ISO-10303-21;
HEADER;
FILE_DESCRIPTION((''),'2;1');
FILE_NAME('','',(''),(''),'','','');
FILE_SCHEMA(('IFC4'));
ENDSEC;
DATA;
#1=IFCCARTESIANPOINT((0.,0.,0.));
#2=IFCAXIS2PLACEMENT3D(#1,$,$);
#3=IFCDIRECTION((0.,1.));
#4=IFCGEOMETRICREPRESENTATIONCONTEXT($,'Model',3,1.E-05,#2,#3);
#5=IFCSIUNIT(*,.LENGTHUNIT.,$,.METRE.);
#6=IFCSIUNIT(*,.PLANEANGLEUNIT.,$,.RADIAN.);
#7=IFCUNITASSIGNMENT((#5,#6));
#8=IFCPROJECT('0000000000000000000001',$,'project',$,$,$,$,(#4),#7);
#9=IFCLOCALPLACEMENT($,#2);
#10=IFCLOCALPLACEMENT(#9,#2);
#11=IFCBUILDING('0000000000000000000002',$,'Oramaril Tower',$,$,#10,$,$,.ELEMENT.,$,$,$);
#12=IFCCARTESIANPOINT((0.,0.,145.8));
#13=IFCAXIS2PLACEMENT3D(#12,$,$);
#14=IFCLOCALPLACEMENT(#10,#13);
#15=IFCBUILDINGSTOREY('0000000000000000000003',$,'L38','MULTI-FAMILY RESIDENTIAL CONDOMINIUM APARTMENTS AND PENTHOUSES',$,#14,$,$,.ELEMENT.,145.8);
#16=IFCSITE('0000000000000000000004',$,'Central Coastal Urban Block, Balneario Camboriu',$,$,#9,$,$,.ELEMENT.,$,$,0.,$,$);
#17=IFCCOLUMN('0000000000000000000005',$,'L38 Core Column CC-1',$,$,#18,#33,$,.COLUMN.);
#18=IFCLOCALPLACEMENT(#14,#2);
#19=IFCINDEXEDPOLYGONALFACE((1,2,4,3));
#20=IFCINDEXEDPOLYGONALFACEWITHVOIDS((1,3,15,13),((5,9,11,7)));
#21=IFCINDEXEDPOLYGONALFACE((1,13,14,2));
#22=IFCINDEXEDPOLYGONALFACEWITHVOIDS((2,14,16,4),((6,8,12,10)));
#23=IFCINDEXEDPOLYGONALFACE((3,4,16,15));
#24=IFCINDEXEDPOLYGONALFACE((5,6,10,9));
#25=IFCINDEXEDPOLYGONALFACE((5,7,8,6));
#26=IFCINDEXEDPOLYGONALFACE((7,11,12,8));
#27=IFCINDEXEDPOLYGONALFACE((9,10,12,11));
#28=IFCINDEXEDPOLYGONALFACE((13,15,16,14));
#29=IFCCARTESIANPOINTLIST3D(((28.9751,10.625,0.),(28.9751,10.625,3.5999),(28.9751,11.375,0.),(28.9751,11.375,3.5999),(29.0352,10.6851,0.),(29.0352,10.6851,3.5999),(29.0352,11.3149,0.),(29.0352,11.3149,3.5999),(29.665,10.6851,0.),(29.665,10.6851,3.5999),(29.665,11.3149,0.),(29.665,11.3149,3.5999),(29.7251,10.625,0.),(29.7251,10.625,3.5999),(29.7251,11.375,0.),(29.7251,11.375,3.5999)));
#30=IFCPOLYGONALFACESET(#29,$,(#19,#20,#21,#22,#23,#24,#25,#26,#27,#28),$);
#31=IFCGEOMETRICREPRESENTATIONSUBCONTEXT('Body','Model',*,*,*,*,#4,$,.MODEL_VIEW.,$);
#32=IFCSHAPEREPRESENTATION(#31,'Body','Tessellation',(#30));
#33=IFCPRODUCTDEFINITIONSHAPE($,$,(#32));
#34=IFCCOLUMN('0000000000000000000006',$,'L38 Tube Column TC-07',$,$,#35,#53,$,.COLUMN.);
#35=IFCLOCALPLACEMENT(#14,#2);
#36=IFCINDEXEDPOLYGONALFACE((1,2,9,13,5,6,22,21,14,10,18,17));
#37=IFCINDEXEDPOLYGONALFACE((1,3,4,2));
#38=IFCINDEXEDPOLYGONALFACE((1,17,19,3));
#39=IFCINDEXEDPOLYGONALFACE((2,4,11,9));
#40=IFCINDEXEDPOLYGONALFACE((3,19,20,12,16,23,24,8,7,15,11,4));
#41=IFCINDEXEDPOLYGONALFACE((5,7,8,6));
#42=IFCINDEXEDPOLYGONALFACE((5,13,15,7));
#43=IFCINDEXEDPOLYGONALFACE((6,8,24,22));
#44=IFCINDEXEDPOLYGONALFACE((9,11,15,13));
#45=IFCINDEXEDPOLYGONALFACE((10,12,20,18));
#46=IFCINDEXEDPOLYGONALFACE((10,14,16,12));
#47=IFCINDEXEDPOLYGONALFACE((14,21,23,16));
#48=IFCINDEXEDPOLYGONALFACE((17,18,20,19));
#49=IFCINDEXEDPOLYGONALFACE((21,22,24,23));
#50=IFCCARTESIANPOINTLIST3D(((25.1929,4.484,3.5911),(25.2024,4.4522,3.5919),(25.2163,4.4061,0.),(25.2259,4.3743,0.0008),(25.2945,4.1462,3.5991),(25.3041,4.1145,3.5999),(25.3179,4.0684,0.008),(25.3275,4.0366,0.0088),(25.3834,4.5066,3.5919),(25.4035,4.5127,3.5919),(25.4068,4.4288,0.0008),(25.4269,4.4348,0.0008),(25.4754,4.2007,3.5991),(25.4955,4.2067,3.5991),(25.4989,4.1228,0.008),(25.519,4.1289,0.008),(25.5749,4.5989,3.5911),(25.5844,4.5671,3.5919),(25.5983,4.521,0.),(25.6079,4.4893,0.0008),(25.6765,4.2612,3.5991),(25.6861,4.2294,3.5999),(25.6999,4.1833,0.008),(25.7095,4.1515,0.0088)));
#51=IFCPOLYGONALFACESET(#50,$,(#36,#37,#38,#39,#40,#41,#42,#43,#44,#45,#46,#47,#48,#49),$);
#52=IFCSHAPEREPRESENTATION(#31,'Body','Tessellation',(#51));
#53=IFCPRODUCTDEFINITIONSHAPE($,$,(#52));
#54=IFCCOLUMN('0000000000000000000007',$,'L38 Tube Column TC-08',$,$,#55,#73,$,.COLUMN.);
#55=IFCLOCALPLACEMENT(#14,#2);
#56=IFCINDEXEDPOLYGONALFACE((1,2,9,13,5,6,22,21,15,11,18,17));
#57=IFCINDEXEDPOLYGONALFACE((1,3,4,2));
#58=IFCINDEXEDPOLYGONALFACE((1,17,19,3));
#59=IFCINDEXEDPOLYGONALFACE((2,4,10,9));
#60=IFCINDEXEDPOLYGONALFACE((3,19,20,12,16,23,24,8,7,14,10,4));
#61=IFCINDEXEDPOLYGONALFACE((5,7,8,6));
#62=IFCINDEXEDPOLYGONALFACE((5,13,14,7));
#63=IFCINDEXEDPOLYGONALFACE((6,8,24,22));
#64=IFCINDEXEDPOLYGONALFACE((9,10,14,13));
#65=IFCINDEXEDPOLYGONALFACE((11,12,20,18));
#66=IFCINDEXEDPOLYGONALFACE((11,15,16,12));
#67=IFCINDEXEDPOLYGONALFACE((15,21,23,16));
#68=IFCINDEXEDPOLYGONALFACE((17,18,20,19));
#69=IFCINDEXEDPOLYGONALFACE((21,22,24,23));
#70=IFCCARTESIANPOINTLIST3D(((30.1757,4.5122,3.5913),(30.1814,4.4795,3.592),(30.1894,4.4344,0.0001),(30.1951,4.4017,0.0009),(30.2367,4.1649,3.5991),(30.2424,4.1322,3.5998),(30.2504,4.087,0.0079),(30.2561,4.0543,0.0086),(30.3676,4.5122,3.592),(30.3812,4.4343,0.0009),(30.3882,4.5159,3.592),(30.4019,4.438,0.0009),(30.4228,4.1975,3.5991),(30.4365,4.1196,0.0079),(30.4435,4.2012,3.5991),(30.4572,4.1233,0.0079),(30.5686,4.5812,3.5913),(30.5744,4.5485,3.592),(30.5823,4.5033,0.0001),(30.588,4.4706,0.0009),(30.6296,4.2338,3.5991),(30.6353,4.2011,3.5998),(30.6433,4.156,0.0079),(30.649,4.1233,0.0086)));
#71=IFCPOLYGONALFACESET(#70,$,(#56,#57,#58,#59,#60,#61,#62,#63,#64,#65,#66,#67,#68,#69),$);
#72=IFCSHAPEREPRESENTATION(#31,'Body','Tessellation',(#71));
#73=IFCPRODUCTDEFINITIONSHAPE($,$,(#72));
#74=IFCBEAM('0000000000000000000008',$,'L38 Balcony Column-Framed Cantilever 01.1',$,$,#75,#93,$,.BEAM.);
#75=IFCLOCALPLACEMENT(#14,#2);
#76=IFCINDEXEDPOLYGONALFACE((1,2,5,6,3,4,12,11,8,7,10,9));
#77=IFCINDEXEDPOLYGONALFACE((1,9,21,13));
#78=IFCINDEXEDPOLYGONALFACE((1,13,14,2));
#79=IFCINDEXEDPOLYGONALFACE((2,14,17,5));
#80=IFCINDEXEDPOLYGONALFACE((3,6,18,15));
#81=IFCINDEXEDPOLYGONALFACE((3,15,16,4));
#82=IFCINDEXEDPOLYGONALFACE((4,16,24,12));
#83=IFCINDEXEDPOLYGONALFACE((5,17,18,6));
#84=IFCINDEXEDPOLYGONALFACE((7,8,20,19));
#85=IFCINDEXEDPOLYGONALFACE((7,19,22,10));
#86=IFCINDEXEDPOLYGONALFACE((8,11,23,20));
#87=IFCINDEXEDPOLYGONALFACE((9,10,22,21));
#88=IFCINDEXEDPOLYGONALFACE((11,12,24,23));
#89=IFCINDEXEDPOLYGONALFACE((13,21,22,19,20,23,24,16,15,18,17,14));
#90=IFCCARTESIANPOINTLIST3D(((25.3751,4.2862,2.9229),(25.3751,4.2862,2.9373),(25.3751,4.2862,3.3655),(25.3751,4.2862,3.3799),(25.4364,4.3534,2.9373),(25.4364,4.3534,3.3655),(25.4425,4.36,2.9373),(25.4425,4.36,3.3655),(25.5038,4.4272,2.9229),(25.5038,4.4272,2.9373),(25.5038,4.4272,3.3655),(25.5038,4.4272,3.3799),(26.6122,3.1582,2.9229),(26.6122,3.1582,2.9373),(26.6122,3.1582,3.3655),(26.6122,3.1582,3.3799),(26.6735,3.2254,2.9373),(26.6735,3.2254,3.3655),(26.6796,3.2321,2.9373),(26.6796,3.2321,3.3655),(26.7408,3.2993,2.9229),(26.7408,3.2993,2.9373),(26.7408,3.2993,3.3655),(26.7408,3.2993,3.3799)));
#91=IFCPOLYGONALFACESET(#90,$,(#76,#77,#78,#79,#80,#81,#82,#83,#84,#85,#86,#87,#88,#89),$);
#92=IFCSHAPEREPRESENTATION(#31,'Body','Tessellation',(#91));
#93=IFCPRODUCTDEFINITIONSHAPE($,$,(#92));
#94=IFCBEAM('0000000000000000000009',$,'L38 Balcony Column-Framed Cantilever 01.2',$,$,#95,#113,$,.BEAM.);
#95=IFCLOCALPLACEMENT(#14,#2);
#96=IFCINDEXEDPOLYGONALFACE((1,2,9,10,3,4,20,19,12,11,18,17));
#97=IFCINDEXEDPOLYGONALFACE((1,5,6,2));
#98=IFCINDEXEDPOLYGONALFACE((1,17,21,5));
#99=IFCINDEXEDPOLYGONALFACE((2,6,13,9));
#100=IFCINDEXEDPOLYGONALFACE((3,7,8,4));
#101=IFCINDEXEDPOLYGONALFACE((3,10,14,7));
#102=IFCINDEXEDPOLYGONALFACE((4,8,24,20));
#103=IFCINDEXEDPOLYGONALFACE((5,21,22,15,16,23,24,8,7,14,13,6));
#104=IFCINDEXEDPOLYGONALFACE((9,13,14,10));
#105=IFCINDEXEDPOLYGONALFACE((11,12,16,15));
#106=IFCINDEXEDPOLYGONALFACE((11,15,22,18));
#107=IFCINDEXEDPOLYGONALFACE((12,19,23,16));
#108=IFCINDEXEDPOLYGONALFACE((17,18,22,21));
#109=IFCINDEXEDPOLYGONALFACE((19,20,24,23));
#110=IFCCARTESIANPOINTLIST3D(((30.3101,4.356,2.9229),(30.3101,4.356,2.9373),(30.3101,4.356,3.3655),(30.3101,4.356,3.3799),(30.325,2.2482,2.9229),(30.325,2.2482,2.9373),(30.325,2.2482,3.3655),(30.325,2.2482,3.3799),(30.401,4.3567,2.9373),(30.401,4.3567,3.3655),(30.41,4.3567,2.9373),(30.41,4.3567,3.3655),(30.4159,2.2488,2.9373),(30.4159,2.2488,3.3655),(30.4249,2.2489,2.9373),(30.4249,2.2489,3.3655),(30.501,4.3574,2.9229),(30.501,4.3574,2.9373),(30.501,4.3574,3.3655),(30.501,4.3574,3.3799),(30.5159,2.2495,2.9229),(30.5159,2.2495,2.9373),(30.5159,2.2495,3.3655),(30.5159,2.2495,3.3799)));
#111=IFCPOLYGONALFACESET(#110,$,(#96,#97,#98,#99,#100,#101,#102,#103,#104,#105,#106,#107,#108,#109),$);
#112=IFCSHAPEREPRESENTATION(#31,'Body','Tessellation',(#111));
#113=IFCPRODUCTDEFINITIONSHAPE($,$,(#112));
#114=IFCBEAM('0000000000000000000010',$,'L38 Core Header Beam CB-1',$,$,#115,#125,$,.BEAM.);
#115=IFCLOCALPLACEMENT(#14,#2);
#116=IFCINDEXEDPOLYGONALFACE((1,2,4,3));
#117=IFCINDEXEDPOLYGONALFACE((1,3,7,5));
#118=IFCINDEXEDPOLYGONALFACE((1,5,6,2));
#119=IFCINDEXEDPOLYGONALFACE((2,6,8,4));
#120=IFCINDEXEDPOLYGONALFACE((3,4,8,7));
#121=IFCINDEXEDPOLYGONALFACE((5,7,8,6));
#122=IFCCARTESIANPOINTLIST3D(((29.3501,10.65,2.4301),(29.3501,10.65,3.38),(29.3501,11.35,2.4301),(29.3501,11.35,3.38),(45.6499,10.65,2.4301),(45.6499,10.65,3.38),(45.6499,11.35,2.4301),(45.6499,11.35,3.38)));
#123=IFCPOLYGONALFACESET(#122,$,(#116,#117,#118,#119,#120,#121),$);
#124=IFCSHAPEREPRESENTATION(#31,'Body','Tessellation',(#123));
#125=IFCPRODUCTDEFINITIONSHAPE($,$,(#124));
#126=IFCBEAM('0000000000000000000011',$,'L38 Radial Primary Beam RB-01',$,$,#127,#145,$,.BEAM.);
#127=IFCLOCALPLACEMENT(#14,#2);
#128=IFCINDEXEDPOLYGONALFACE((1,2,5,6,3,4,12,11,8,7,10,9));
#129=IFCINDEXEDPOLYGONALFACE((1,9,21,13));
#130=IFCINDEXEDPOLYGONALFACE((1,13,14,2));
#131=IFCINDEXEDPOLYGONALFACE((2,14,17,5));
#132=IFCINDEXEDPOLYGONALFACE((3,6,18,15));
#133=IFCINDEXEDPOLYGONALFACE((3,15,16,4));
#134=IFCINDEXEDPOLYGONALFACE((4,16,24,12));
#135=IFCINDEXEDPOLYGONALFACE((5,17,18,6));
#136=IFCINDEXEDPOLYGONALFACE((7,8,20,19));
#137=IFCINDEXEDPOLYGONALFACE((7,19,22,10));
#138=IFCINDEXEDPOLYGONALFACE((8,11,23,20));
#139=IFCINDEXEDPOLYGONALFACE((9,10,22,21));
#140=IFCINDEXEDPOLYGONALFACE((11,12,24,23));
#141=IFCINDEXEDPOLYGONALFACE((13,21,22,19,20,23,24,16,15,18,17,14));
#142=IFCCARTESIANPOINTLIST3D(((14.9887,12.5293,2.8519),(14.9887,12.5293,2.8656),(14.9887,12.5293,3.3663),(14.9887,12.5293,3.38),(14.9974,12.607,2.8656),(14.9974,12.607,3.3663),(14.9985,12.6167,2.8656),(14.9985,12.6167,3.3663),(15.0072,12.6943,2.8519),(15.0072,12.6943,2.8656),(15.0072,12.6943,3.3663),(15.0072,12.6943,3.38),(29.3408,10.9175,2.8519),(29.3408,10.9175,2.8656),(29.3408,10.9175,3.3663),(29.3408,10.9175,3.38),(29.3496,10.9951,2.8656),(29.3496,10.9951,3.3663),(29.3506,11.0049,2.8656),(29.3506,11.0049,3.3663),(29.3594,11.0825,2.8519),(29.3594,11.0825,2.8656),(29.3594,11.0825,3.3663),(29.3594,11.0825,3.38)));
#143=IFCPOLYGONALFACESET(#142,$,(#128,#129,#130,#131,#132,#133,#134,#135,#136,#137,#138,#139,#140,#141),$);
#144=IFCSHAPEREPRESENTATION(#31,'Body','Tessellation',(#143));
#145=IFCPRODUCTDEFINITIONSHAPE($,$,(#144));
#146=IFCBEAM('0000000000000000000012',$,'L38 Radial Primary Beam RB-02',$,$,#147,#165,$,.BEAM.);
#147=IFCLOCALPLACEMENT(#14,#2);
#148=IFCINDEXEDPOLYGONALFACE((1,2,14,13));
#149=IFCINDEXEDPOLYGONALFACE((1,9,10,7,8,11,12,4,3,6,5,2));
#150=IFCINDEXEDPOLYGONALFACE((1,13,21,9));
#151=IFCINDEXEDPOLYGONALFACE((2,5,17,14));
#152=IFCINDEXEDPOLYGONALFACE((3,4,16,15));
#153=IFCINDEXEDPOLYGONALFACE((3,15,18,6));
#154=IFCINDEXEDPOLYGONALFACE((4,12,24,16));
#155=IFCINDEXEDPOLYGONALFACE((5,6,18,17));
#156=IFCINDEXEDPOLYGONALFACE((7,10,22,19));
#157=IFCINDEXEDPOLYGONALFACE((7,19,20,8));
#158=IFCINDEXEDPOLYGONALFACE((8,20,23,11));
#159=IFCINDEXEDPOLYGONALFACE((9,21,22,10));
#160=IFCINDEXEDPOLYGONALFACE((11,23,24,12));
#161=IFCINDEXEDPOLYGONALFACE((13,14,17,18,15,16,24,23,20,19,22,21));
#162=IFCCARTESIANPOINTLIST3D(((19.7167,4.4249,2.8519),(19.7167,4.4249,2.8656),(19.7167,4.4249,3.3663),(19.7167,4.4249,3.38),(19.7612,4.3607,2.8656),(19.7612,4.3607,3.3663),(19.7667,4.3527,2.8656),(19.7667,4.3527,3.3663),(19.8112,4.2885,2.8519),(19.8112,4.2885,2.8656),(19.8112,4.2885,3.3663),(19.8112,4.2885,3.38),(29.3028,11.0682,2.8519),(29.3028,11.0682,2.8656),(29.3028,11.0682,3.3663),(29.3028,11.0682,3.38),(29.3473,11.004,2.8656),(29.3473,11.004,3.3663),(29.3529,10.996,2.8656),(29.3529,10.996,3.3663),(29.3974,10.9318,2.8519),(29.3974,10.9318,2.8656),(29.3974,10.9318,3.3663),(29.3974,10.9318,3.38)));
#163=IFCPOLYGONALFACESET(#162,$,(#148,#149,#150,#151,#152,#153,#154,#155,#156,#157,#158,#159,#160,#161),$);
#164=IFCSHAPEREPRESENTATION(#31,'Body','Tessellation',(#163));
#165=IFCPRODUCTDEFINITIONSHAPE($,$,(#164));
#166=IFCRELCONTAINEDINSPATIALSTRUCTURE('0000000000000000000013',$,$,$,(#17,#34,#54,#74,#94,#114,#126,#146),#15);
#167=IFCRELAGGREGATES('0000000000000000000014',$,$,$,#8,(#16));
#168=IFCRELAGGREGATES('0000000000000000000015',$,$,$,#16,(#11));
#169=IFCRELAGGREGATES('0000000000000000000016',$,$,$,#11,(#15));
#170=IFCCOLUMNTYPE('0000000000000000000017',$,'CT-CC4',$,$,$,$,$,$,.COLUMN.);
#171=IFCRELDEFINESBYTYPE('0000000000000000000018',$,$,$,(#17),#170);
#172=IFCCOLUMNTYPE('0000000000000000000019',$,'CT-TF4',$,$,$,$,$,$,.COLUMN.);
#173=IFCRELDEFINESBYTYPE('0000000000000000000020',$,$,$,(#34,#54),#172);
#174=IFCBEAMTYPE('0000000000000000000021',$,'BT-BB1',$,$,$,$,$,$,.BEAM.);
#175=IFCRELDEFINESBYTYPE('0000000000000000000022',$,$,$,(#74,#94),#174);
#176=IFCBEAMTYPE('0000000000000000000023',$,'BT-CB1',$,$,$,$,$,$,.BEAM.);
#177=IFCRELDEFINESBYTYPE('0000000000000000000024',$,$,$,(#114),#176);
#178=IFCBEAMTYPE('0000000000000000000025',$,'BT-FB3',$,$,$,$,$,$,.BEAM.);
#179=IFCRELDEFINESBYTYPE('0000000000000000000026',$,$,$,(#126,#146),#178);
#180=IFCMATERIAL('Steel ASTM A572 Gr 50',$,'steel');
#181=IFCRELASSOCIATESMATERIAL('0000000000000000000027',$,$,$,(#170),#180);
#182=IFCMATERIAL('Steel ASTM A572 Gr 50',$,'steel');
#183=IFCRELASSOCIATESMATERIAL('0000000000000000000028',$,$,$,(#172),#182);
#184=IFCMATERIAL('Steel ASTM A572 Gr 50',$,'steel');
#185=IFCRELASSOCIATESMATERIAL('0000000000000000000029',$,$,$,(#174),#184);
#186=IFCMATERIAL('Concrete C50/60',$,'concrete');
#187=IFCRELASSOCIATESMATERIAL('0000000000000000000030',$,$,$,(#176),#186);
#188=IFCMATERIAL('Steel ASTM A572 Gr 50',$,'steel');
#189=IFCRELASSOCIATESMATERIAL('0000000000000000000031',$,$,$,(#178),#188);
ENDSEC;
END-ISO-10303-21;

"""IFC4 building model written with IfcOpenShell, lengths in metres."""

from ifc_helpers import new_model, si_unit, direction, frame, origin, origin_2d, place, context, subcontext, project, spatial, rectangle, hollow_rectangle, i_section, extrude, material, material_profile, profile_set, type_object, element, save


model = new_model("IFC4")

# Units and contexts
model_context = context("Model", 3, precision=1e-05, world=origin(), true_north=direction((0.0, 1.0)))
body_context = subcontext(model_context, "Body", "Model", "MODEL_VIEW")
ifc_project = project(units=[si_unit("LENGTHUNIT", "METRE"), si_unit("PLANEANGLEUNIT", "RADIAN")], contexts=[model_context])

# Site, building, storey
site_placement = place(None, origin())
site = spatial("IfcSite", under=ifc_project, at=site_placement, Name="Central Coastal Urban Block, Balneario Camboriu", CompositionType="ELEMENT", RefElevation=0.0)
building_placement = place(site_placement, origin())
building = spatial("IfcBuilding", under=site, at=building_placement, Name="Oramaril Tower", CompositionType="ELEMENT")
storey_placement = place(building_placement, frame((0.0, 0.0, 145.8)))
storey = spatial("IfcBuildingStorey", under=building, at=storey_placement, Name="L38", Description="MULTI-FAMILY RESIDENTIAL CONDOMINIUM APARTMENTS AND PENTHOUSES", CompositionType="ELEMENT", Elevation=145.8)

# Columns
ifc_material_1 = material(Name="Steel ASTM A572 Gr 50", Category="steel")
ifc_material_profile_1 = material_profile(ifc_material_1, hollow_rectangle(XDim=0.75, YDim=0.75, WallThickness=0.0601, at=origin_2d()), Name="BOX750X750X60")
ifc_profile_set_1 = profile_set([ifc_material_profile_1], Name="Steel ASTM A572 Gr 50")
column_type_1 = type_object("IfcColumnType", Name="CT-CC4", PredefinedType="COLUMN", material=ifc_profile_set_1)
column_placement = place(storey_placement, frame((29.3501, 11.0, 0.0), z_axis=(0.0, 0.0, 1.0), x_axis=(1.0, 0.0, 0.0)))
element("IfcColumn", 1, at=column_placement, inside=storey, type_object=column_type_1, Name="L38 Core Column CC-1", PredefinedType="COLUMN", context=body_context, shape_type="SweptSolid", body=[
    extrude(hollow_rectangle(XDim=0.75, YDim=0.75, WallThickness=0.0601, at=origin_2d()), origin(), (0.0, 0.0, 1.0), 3.5999),
])
ifc_material_2 = material(Name="Steel ASTM A572 Gr 50", Category="steel")
ifc_material_profile_2 = material_profile(ifc_material_2, i_section(OverallWidth=0.3989, OverallDepth=0.386, WebThickness=0.021, FlangeThickness=0.0332, at=origin_2d()), Name="W14X176")
ifc_profile_set_2 = profile_set([ifc_material_profile_2], Name="Steel ASTM A572 Gr 50")
column_type_2 = type_object("IfcColumnType", Name="CT-TF4", PredefinedType="COLUMN", material=ifc_profile_set_2)
for number, where, z_axis, x_axis, name in (
    (2, (25.4629, 4.2788, 0.0044), (-0.006525, 0.021682, 0.999744), (-0.957578, -0.288174, 0.0), "L38 Tube Column TC-07"),
    (3, (30.4192, 4.2788, 0.0044), (-0.003806, 0.021682, 0.999758), (-0.984939, -0.172905, 0.0), "L38 Tube Column TC-08"),
):
    element("IfcColumn", number, at=place(storey_placement, frame(where, z_axis=z_axis, x_axis=x_axis)), inside=storey, type_object=column_type_2, Name=name, PredefinedType="COLUMN", context=body_context, shape_type="SweptSolid", body=[
        extrude(i_section(OverallWidth=0.3989, OverallDepth=0.386, WebThickness=0.021, FlangeThickness=0.0332, at=origin_2d()), origin(), (0.0, 0.0, 1.0), 3.592),
    ])

# Beams
ifc_material_3 = material(Name="Steel ASTM A572 Gr 50", Category="steel")
ifc_material_profile_3 = material_profile(ifc_material_3, i_section(OverallWidth=0.1909, OverallDepth=0.457, WebThickness=0.009, FlangeThickness=0.0144, at=origin_2d()), Name="W18X50")
ifc_profile_set_3 = profile_set([ifc_material_profile_3], Name="Steel ASTM A572 Gr 50")
beam_type_1 = type_object("IfcBeamType", Name="BT-BB1", PredefinedType="BEAM", material=ifc_profile_set_3)
beam_1_placement = place(storey_placement, frame((25.4395, 4.3567, 3.1514), z_axis=(0.738949, -0.673761, 0.0), x_axis=(0.673761, 0.738949, 0.0)))
element("IfcBeam", 4, at=beam_1_placement, inside=storey, type_object=beam_type_1, Name="L38 Balcony Column-Framed Cantilever 01.1", PredefinedType="BEAM", context=body_context, shape_type="SweptSolid", body=[
    extrude(i_section(OverallWidth=0.1909, OverallDepth=0.457, WebThickness=0.009, FlangeThickness=0.0144, at=origin_2d()), origin(), (0.0, 0.0, 1.0), 1.6741),
])
beam_2_placement = place(storey_placement, frame((30.4055, 4.3567, 3.1514), z_axis=(0.007065, -0.999975, 0.0), x_axis=(0.999975, 0.007065, 0.0)))
element("IfcBeam", 5, at=beam_2_placement, inside=storey, type_object=beam_type_1, Name="L38 Balcony Column-Framed Cantilever 01.2", PredefinedType="BEAM", context=body_context, shape_type="SweptSolid", body=[
    extrude(i_section(OverallWidth=0.1909, OverallDepth=0.457, WebThickness=0.009, FlangeThickness=0.0144, at=origin_2d()), origin(), (0.0, 0.0, 1.0), 2.1079),
])
ifc_material_4 = material(Name="Concrete C50/60", Category="concrete")
ifc_material_profile_4 = material_profile(ifc_material_4, rectangle(XDim=0.7, YDim=0.95, at=origin_2d()), Name="CB700X950")
ifc_profile_set_4 = profile_set([ifc_material_profile_4], Name="Concrete C50/60")
beam_type_2 = type_object("IfcBeamType", Name="BT-CB1", PredefinedType="BEAM", material=ifc_profile_set_4)
beam_3_placement = place(storey_placement, frame((29.3501, 11.0, 2.905), z_axis=(1.0, 0.0, 0.0), x_axis=(0.0, 1.0, 0.0)))
element("IfcBeam", 6, at=beam_3_placement, inside=storey, type_object=beam_type_2, Name="L38 Core Header Beam CB-1", PredefinedType="BEAM", context=body_context, shape_type="SweptSolid", body=[
    extrude(rectangle(XDim=0.7, YDim=0.95, at=origin_2d()), origin(), (0.0, 0.0, 1.0), 16.2998),
])
ifc_material_5 = material(Name="Steel ASTM A572 Gr 50", Category="steel")
ifc_material_profile_5 = material_profile(ifc_material_5, i_section(OverallWidth=0.166, OverallDepth=0.5281, WebThickness=0.0098, FlangeThickness=0.0137, at=origin_2d()), Name="W21X50")
ifc_profile_set_5 = profile_set([ifc_material_profile_5], Name="Steel ASTM A572 Gr 50")
beam_type_3 = type_object("IfcBeamType", Name="BT-FB3", PredefinedType="BEAM", material=ifc_profile_set_5)
beam_4_placement = place(storey_placement, frame((29.3501, 11.0, 3.116), z_axis=(-0.993753, 0.111604, 0.0), x_axis=(-0.111604, -0.993753, 0.0)))
element("IfcBeam", 7, at=beam_4_placement, inside=storey, type_object=beam_type_3, Name="L38 Radial Primary Beam RB-01", PredefinedType="BEAM", context=body_context, shape_type="SweptSolid", body=[
    extrude(i_section(OverallWidth=0.166, OverallDepth=0.5281, WebThickness=0.0098, FlangeThickness=0.0137, at=origin_2d()), origin(), (0.0, 0.0, 1.0), 14.4424),
])
beam_5_placement = place(storey_placement, frame((29.3501, 11.0, 3.116), z_axis=(-0.821922, -0.5696, 0.0), x_axis=(0.5696, -0.821922, 0.0)))
element("IfcBeam", 8, at=beam_5_placement, inside=storey, type_object=beam_type_3, Name="L38 Radial Primary Beam RB-02", PredefinedType="BEAM", context=body_context, shape_type="SweptSolid", body=[
    extrude(i_section(OverallWidth=0.166, OverallDepth=0.5281, WebThickness=0.0098, FlangeThickness=0.0137, at=origin_2d()), origin(), (0.0, 0.0, 1.0), 11.6631),
])

save(model, "model.ifc")
